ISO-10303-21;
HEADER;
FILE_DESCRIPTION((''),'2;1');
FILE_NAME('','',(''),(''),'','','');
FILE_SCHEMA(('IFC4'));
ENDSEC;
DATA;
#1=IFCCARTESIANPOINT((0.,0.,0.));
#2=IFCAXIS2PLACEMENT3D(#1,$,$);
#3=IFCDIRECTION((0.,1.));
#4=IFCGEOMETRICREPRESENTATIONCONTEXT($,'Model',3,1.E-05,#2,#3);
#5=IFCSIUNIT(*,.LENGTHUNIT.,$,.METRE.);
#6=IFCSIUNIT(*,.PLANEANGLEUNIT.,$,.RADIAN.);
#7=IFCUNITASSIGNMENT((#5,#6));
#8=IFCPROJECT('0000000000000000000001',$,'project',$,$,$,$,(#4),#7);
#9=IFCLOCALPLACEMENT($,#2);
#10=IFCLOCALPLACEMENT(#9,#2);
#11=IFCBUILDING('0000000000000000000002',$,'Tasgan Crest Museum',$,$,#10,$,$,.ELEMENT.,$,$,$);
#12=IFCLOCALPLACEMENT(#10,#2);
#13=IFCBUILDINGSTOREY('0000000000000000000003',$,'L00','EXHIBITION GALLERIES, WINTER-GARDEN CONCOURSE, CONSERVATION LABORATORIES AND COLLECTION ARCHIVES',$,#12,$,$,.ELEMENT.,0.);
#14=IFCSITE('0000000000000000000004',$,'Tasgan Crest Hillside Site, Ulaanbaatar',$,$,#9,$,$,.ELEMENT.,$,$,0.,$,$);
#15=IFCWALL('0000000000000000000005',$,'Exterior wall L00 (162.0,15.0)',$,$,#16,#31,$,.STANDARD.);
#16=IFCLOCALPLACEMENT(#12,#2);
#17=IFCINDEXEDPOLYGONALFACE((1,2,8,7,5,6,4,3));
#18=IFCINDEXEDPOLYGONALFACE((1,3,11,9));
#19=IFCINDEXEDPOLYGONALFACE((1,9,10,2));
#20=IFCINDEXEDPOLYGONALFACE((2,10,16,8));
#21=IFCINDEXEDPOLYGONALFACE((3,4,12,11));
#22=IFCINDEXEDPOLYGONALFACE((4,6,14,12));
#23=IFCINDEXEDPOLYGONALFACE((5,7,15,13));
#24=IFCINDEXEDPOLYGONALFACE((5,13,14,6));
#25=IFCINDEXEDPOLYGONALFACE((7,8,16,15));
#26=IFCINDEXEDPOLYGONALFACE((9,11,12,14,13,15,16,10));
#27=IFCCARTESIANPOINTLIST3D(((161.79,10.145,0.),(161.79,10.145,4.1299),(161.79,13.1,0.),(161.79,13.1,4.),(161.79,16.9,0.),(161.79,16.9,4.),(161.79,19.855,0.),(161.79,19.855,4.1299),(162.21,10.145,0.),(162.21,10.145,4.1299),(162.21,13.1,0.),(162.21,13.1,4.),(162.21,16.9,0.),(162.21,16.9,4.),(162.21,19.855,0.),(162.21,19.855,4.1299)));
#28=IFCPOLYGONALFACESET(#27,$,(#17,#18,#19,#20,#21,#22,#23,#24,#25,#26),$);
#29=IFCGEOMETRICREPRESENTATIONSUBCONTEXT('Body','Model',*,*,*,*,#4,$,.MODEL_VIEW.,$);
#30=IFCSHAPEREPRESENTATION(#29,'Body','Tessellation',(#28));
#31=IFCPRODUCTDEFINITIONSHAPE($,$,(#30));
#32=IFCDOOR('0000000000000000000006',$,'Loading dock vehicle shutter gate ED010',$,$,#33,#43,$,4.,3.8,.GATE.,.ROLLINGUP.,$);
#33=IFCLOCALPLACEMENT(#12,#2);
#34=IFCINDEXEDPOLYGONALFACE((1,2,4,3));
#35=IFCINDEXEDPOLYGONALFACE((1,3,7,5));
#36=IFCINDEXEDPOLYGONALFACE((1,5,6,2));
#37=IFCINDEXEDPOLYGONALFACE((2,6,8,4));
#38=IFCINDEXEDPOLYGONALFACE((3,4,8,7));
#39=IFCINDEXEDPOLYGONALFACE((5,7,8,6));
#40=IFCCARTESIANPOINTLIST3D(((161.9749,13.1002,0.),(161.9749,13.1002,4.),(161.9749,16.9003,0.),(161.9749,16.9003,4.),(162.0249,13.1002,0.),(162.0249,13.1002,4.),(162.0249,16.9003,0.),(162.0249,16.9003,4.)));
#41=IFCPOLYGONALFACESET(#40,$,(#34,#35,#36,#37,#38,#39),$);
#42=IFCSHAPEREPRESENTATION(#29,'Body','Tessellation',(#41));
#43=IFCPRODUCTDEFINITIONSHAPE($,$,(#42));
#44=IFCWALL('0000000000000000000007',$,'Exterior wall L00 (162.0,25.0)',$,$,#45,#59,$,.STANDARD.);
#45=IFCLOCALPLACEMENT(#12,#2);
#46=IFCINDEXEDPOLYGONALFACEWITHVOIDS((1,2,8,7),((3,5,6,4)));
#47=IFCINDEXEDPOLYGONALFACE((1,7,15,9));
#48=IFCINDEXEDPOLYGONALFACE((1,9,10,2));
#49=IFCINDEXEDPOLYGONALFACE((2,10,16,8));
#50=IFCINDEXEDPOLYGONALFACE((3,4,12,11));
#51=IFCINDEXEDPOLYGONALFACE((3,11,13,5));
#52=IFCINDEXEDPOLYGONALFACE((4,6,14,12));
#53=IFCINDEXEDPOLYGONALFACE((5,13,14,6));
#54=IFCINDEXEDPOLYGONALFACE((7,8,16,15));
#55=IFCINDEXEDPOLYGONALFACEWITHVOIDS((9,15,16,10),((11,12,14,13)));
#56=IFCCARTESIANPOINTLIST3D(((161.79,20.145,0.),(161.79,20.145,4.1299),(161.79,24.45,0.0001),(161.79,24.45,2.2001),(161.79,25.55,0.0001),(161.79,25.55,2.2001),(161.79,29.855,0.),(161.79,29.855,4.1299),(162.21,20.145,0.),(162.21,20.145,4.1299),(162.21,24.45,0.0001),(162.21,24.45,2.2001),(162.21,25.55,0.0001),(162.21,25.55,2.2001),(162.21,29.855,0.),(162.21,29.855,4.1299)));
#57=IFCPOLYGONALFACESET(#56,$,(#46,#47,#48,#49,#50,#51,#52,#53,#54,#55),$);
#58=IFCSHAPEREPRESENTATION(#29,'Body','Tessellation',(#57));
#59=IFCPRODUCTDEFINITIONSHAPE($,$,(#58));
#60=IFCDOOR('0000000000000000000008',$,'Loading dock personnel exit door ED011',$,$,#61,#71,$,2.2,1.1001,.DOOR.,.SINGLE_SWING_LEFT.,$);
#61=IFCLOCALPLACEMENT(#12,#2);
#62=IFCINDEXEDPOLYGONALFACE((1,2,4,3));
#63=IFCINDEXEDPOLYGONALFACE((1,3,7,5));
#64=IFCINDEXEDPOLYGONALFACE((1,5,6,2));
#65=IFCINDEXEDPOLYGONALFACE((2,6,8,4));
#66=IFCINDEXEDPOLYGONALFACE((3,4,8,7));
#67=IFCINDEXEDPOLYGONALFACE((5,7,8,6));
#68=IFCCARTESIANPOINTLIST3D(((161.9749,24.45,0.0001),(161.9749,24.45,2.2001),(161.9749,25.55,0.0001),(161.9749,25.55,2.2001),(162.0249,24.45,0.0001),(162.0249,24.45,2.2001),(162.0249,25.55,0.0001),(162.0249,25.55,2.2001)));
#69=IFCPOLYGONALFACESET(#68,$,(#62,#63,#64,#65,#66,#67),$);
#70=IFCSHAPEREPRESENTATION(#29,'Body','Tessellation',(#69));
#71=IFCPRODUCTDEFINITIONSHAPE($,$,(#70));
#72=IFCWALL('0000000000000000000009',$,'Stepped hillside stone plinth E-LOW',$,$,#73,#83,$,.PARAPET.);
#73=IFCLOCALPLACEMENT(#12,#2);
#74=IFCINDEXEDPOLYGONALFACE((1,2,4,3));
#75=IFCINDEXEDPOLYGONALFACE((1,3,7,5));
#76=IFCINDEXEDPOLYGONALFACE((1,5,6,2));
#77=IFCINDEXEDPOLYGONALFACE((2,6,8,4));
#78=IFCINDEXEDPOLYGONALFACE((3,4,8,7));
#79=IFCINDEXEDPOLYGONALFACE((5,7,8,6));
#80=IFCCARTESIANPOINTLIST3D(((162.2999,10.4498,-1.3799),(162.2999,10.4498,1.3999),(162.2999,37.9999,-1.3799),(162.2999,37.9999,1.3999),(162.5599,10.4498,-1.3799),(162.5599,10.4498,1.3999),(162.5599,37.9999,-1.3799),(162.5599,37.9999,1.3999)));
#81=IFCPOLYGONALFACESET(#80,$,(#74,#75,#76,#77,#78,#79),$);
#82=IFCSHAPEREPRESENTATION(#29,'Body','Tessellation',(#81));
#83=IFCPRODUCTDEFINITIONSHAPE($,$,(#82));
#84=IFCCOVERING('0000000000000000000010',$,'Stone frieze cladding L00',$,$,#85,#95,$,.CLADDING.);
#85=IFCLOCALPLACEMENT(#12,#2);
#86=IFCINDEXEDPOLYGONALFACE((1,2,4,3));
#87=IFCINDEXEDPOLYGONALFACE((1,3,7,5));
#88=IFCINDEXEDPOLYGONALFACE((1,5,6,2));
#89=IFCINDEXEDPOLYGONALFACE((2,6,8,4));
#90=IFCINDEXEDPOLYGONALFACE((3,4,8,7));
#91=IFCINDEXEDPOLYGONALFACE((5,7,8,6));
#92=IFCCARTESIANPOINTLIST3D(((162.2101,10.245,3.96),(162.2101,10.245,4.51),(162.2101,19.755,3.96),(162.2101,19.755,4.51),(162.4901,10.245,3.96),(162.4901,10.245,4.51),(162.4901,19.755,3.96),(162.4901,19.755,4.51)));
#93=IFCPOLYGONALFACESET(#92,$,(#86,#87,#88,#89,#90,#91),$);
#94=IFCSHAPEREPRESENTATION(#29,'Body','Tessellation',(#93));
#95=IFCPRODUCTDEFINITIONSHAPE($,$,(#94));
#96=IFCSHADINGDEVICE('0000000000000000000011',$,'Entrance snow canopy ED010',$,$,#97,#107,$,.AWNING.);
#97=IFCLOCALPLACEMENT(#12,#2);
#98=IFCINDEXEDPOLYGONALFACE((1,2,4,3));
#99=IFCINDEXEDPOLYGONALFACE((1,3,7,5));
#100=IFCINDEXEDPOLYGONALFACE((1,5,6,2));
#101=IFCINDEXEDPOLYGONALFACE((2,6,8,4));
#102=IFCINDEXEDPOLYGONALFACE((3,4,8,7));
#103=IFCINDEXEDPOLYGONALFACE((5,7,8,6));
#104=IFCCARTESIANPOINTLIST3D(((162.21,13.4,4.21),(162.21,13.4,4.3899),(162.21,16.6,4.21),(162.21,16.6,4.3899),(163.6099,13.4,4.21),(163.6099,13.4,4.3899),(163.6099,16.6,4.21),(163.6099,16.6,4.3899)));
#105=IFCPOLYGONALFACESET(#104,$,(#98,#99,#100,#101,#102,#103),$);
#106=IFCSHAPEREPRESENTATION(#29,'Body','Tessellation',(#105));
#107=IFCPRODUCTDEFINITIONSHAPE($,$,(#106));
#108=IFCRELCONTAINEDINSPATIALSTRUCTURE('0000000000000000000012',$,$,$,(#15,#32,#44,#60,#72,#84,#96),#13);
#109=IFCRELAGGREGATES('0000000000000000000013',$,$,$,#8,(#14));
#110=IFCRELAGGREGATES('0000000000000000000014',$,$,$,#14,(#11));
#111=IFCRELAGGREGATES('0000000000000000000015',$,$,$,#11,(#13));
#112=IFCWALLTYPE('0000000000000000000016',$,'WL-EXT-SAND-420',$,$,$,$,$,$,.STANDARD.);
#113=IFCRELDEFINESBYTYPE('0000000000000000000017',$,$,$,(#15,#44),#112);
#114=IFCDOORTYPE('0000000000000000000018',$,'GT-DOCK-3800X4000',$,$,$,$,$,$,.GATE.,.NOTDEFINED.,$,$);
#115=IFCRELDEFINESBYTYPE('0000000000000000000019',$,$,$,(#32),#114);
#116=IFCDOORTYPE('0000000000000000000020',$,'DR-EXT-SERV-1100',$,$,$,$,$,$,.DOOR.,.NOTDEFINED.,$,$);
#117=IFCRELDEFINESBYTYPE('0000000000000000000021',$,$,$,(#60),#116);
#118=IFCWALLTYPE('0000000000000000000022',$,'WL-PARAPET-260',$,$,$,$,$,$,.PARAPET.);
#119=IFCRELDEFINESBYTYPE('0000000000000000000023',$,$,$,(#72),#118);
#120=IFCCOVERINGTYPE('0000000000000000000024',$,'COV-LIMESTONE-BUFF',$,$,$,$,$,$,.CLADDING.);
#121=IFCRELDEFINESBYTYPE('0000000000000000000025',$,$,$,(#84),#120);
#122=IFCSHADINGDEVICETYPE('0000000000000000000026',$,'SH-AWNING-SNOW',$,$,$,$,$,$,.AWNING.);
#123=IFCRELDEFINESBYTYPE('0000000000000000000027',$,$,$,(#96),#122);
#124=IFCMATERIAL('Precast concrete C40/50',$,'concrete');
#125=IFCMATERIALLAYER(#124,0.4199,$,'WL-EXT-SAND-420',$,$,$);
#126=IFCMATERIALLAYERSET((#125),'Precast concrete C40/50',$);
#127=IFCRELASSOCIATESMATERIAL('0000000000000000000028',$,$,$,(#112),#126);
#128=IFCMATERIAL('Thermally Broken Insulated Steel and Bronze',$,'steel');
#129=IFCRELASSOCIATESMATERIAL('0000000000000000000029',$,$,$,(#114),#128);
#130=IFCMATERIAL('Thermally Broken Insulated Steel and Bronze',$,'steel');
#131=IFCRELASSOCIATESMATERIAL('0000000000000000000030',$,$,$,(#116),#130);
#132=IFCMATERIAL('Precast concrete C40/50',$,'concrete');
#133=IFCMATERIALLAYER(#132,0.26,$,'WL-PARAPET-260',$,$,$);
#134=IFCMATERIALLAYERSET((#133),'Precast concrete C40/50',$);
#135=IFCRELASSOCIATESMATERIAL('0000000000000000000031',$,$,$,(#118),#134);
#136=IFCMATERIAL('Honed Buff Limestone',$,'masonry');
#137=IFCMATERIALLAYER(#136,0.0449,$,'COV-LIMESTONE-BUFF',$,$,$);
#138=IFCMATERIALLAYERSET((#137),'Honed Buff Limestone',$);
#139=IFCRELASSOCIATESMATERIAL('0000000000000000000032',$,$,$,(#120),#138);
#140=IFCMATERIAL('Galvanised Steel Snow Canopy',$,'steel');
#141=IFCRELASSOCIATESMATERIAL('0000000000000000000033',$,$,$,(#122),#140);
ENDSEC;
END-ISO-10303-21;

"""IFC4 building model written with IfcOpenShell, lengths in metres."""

from ifc_helpers import new_model, si_unit, direction, frame, frame_2d, origin, origin_2d, place, context, subcontext, project, spatial, rectangle, extrude, material, layer, layer_set, type_object, element, fill, save


model = new_model("IFC4")

# Units and contexts
model_context = context("Model", 3, precision=1e-05, world=origin(), true_north=direction((0.0, 1.0)))
body_context = subcontext(model_context, "Body", "Model", "MODEL_VIEW")
ifc_project = project(units=[si_unit("LENGTHUNIT", "METRE"), si_unit("PLANEANGLEUNIT", "RADIAN")], contexts=[model_context])

# Site, building, storey
site_placement = place(None, origin())
site = spatial("IfcSite", under=ifc_project, at=site_placement, Name="Tasgan Crest Hillside Site, Ulaanbaatar", CompositionType="ELEMENT", RefElevation=0.0)
building_placement = place(site_placement, origin())
building = spatial("IfcBuilding", under=site, at=building_placement, Name="Tasgan Crest Museum", CompositionType="ELEMENT")
storey_placement = place(building_placement, origin())
storey = spatial("IfcBuildingStorey", under=building, at=storey_placement, Name="L00", Description="EXHIBITION GALLERIES, WINTER-GARDEN CONCOURSE, CONSERVATION LABORATORIES AND COLLECTION ARCHIVES", CompositionType="ELEMENT", Elevation=0.0)

# Walls, openings, doors
ifc_material_1 = material(Name="Precast concrete C40/50", Category="concrete")
ifc_layer_1 = layer(ifc_material_1, 0.4199, Name="WL-EXT-SAND-420")
ifc_layer_set_1 = layer_set([ifc_layer_1], Name="Precast concrete C40/50")
wall_type_1 = type_object("IfcWallType", Name="WL-EXT-SAND-420", PredefinedType="STANDARD", material=ifc_layer_set_1)
wall_1_placement = place(storey_placement, frame((162.0, 10.145, 0.0), z_axis=(0.0, 0.0, 1.0), x_axis=(0.0, 1.0, 0.0)))
wall_1 = element("IfcWall", 1, at=wall_1_placement, inside=storey, type_object=wall_type_1, Name="Exterior wall L00 (162.0,15.0)", PredefinedType="STANDARD", context=body_context, shape_type="SweptSolid", body=[
    extrude(rectangle(XDim=9.71, YDim=0.4199, at=frame_2d((4.855, 0.0))), origin(), (0.0, 0.0, 1.0), 4.1299),
])
opening_1_placement = place(wall_1_placement, frame((2.9551, 0.0, 0.0)))
opening_1 = element("IfcOpeningElement", 2, at=opening_1_placement, cuts=wall_1, PredefinedType="OPENING", context=body_context, shape_type="SweptSolid", body=[
    extrude(rectangle(XDim=3.8, YDim=4.0, at=frame_2d((1.8999, 2.0))), frame((0.0, 0.22, 0.0), z_axis=(0.0, -1.0, 0.0), x_axis=(1.0, 0.0, 0.0)), (0.0, 0.0, 1.0), 0.4399),
])
ifc_material_2 = material(Name="Thermally Broken Insulated Steel and Bronze", Category="steel")
door_type_1 = type_object("IfcDoorType", Name="GT-DOCK-3800X4000", OperationType="NOTDEFINED", PredefinedType="GATE", material=ifc_material_2)
door_1_placement = place(opening_1_placement, frame((3.8, 0.0, 0.0), z_axis=(0.0, 0.0, 1.0), x_axis=(-1.0, 0.0, 0.0)))
door_1 = element("IfcDoor", 3, at=door_1_placement, inside=storey, type_object=door_type_1, Name="Loading dock vehicle shutter gate ED010", OperationType="ROLLINGUP", OverallHeight=4.0, OverallWidth=3.8, PredefinedType="GATE", context=body_context, shape_type="SweptSolid", body=[
    extrude(rectangle(XDim=3.8, YDim=4.0, at=frame_2d((1.8999, 2.0))), frame((0.0, 0.0249, 0.0), z_axis=(0.0, -1.0, 0.0), x_axis=(1.0, 0.0, 0.0)), (0.0, 0.0, 1.0), 0.05),
])
fill(opening_1, door_1)
wall_2_placement = place(storey_placement, frame((162.0, 20.145, 0.0), z_axis=(0.0, 0.0, 1.0), x_axis=(0.0, 1.0, 0.0)))
wall_2 = element("IfcWall", 4, at=wall_2_placement, inside=storey, type_object=wall_type_1, Name="Exterior wall L00 (162.0,25.0)", PredefinedType="STANDARD", context=body_context, shape_type="SweptSolid", body=[
    extrude(rectangle(XDim=9.71, YDim=0.4199, at=frame_2d((4.855, 0.0))), origin(), (0.0, 0.0, 1.0), 4.1299),
])
opening_2_placement = place(wall_2_placement, frame((4.3049, 0.0, 0.0)))
opening_2 = element("IfcOpeningElement", 5, at=opening_2_placement, cuts=wall_2, PredefinedType="OPENING", context=body_context, shape_type="SweptSolid", body=[
    extrude(rectangle(XDim=1.1001, YDim=2.2, at=frame_2d((0.55, 1.1001))), frame((0.0, 0.22, 0.0), z_axis=(0.0, -1.0, 0.0), x_axis=(1.0, 0.0, 0.0)), (0.0, 0.0, 1.0), 0.4399),
])
ifc_material_3 = material(Name="Thermally Broken Insulated Steel and Bronze", Category="steel")
door_type_2 = type_object("IfcDoorType", Name="DR-EXT-SERV-1100", OperationType="NOTDEFINED", PredefinedType="DOOR", material=ifc_material_3)
door_2_placement = place(opening_2_placement, frame((1.1001, 0.0, 0.0), z_axis=(0.0, 0.0, 1.0), x_axis=(-1.0, 0.0, 0.0)))
door_2 = element("IfcDoor", 6, at=door_2_placement, inside=storey, type_object=door_type_2, Name="Loading dock personnel exit door ED011", OperationType="SINGLE_SWING_LEFT", OverallHeight=2.2, OverallWidth=1.1001, PredefinedType="DOOR", context=body_context, shape_type="SweptSolid", body=[
    extrude(rectangle(XDim=1.1001, YDim=2.2, at=frame_2d((0.55, 1.1001))), frame((0.0, 0.0249, 0.0), z_axis=(0.0, -1.0, 0.0), x_axis=(1.0, 0.0, 0.0)), (0.0, 0.0, 1.0), 0.05),
])
fill(opening_2, door_2)

# Wall
ifc_material_4 = material(Name="Precast concrete C40/50", Category="concrete")
ifc_layer_2 = layer(ifc_material_4, 0.26, Name="WL-PARAPET-260")
ifc_layer_set_2 = layer_set([ifc_layer_2], Name="Precast concrete C40/50")
wall_type_2 = type_object("IfcWallType", Name="WL-PARAPET-260", PredefinedType="PARAPET", material=ifc_layer_set_2)
wall_3_placement = place(storey_placement, frame((162.4299, 10.45, -1.3799), z_axis=(0.0, 0.0, 1.0), x_axis=(0.0, 1.0, 0.0)))
element("IfcWall", 7, at=wall_3_placement, inside=storey, type_object=wall_type_2, Name="Stepped hillside stone plinth E-LOW", PredefinedType="PARAPET", context=body_context, shape_type="SweptSolid", body=[
    extrude(rectangle(XDim=27.55, YDim=0.26, at=frame_2d((13.7749, 0.0))), origin(), (0.0, 0.0, 1.0), 2.7798),
])

# Covering
ifc_material_5 = material(Name="Honed Buff Limestone", Category="masonry")
ifc_layer_3 = layer(ifc_material_5, 0.0449, Name="COV-LIMESTONE-BUFF")
ifc_layer_set_3 = layer_set([ifc_layer_3], Name="Honed Buff Limestone")
covering_type = type_object("IfcCoveringType", Name="COV-LIMESTONE-BUFF", PredefinedType="CLADDING", material=ifc_layer_set_3)
covering_placement = place(storey_placement, frame((162.3501, 15.0, 3.96), z_axis=(0.0, 0.0, 1.0), x_axis=(0.0, 1.0, 0.0)))
element("IfcCovering", 8, at=covering_placement, inside=storey, type_object=covering_type, Name="Stone frieze cladding L00", PredefinedType="CLADDING", context=body_context, shape_type="SweptSolid", body=[
    extrude(rectangle(XDim=9.51, YDim=0.28, at=origin_2d()), origin(), (0.0, 0.0, 1.0), 0.55),
])

# Shading device
ifc_material_6 = material(Name="Galvanised Steel Snow Canopy", Category="steel")
shading_device_type = type_object("IfcShadingDeviceType", Name="SH-AWNING-SNOW", PredefinedType="AWNING", material=ifc_material_6)
shading_device_placement = place(storey_placement, frame((162.9099, 15.0, 4.21), z_axis=(0.0, 0.0, 1.0), x_axis=(0.0, 1.0, 0.0)))
element("IfcShadingDevice", 9, at=shading_device_placement, inside=storey, type_object=shading_device_type, Name="Entrance snow canopy ED010", PredefinedType="AWNING", context=body_context, shape_type="SweptSolid", body=[
    extrude(rectangle(XDim=3.2, YDim=1.3999, at=origin_2d()), origin(), (0.0, 0.0, 1.0), 0.1799),
])

save(model, "model.ifc")
